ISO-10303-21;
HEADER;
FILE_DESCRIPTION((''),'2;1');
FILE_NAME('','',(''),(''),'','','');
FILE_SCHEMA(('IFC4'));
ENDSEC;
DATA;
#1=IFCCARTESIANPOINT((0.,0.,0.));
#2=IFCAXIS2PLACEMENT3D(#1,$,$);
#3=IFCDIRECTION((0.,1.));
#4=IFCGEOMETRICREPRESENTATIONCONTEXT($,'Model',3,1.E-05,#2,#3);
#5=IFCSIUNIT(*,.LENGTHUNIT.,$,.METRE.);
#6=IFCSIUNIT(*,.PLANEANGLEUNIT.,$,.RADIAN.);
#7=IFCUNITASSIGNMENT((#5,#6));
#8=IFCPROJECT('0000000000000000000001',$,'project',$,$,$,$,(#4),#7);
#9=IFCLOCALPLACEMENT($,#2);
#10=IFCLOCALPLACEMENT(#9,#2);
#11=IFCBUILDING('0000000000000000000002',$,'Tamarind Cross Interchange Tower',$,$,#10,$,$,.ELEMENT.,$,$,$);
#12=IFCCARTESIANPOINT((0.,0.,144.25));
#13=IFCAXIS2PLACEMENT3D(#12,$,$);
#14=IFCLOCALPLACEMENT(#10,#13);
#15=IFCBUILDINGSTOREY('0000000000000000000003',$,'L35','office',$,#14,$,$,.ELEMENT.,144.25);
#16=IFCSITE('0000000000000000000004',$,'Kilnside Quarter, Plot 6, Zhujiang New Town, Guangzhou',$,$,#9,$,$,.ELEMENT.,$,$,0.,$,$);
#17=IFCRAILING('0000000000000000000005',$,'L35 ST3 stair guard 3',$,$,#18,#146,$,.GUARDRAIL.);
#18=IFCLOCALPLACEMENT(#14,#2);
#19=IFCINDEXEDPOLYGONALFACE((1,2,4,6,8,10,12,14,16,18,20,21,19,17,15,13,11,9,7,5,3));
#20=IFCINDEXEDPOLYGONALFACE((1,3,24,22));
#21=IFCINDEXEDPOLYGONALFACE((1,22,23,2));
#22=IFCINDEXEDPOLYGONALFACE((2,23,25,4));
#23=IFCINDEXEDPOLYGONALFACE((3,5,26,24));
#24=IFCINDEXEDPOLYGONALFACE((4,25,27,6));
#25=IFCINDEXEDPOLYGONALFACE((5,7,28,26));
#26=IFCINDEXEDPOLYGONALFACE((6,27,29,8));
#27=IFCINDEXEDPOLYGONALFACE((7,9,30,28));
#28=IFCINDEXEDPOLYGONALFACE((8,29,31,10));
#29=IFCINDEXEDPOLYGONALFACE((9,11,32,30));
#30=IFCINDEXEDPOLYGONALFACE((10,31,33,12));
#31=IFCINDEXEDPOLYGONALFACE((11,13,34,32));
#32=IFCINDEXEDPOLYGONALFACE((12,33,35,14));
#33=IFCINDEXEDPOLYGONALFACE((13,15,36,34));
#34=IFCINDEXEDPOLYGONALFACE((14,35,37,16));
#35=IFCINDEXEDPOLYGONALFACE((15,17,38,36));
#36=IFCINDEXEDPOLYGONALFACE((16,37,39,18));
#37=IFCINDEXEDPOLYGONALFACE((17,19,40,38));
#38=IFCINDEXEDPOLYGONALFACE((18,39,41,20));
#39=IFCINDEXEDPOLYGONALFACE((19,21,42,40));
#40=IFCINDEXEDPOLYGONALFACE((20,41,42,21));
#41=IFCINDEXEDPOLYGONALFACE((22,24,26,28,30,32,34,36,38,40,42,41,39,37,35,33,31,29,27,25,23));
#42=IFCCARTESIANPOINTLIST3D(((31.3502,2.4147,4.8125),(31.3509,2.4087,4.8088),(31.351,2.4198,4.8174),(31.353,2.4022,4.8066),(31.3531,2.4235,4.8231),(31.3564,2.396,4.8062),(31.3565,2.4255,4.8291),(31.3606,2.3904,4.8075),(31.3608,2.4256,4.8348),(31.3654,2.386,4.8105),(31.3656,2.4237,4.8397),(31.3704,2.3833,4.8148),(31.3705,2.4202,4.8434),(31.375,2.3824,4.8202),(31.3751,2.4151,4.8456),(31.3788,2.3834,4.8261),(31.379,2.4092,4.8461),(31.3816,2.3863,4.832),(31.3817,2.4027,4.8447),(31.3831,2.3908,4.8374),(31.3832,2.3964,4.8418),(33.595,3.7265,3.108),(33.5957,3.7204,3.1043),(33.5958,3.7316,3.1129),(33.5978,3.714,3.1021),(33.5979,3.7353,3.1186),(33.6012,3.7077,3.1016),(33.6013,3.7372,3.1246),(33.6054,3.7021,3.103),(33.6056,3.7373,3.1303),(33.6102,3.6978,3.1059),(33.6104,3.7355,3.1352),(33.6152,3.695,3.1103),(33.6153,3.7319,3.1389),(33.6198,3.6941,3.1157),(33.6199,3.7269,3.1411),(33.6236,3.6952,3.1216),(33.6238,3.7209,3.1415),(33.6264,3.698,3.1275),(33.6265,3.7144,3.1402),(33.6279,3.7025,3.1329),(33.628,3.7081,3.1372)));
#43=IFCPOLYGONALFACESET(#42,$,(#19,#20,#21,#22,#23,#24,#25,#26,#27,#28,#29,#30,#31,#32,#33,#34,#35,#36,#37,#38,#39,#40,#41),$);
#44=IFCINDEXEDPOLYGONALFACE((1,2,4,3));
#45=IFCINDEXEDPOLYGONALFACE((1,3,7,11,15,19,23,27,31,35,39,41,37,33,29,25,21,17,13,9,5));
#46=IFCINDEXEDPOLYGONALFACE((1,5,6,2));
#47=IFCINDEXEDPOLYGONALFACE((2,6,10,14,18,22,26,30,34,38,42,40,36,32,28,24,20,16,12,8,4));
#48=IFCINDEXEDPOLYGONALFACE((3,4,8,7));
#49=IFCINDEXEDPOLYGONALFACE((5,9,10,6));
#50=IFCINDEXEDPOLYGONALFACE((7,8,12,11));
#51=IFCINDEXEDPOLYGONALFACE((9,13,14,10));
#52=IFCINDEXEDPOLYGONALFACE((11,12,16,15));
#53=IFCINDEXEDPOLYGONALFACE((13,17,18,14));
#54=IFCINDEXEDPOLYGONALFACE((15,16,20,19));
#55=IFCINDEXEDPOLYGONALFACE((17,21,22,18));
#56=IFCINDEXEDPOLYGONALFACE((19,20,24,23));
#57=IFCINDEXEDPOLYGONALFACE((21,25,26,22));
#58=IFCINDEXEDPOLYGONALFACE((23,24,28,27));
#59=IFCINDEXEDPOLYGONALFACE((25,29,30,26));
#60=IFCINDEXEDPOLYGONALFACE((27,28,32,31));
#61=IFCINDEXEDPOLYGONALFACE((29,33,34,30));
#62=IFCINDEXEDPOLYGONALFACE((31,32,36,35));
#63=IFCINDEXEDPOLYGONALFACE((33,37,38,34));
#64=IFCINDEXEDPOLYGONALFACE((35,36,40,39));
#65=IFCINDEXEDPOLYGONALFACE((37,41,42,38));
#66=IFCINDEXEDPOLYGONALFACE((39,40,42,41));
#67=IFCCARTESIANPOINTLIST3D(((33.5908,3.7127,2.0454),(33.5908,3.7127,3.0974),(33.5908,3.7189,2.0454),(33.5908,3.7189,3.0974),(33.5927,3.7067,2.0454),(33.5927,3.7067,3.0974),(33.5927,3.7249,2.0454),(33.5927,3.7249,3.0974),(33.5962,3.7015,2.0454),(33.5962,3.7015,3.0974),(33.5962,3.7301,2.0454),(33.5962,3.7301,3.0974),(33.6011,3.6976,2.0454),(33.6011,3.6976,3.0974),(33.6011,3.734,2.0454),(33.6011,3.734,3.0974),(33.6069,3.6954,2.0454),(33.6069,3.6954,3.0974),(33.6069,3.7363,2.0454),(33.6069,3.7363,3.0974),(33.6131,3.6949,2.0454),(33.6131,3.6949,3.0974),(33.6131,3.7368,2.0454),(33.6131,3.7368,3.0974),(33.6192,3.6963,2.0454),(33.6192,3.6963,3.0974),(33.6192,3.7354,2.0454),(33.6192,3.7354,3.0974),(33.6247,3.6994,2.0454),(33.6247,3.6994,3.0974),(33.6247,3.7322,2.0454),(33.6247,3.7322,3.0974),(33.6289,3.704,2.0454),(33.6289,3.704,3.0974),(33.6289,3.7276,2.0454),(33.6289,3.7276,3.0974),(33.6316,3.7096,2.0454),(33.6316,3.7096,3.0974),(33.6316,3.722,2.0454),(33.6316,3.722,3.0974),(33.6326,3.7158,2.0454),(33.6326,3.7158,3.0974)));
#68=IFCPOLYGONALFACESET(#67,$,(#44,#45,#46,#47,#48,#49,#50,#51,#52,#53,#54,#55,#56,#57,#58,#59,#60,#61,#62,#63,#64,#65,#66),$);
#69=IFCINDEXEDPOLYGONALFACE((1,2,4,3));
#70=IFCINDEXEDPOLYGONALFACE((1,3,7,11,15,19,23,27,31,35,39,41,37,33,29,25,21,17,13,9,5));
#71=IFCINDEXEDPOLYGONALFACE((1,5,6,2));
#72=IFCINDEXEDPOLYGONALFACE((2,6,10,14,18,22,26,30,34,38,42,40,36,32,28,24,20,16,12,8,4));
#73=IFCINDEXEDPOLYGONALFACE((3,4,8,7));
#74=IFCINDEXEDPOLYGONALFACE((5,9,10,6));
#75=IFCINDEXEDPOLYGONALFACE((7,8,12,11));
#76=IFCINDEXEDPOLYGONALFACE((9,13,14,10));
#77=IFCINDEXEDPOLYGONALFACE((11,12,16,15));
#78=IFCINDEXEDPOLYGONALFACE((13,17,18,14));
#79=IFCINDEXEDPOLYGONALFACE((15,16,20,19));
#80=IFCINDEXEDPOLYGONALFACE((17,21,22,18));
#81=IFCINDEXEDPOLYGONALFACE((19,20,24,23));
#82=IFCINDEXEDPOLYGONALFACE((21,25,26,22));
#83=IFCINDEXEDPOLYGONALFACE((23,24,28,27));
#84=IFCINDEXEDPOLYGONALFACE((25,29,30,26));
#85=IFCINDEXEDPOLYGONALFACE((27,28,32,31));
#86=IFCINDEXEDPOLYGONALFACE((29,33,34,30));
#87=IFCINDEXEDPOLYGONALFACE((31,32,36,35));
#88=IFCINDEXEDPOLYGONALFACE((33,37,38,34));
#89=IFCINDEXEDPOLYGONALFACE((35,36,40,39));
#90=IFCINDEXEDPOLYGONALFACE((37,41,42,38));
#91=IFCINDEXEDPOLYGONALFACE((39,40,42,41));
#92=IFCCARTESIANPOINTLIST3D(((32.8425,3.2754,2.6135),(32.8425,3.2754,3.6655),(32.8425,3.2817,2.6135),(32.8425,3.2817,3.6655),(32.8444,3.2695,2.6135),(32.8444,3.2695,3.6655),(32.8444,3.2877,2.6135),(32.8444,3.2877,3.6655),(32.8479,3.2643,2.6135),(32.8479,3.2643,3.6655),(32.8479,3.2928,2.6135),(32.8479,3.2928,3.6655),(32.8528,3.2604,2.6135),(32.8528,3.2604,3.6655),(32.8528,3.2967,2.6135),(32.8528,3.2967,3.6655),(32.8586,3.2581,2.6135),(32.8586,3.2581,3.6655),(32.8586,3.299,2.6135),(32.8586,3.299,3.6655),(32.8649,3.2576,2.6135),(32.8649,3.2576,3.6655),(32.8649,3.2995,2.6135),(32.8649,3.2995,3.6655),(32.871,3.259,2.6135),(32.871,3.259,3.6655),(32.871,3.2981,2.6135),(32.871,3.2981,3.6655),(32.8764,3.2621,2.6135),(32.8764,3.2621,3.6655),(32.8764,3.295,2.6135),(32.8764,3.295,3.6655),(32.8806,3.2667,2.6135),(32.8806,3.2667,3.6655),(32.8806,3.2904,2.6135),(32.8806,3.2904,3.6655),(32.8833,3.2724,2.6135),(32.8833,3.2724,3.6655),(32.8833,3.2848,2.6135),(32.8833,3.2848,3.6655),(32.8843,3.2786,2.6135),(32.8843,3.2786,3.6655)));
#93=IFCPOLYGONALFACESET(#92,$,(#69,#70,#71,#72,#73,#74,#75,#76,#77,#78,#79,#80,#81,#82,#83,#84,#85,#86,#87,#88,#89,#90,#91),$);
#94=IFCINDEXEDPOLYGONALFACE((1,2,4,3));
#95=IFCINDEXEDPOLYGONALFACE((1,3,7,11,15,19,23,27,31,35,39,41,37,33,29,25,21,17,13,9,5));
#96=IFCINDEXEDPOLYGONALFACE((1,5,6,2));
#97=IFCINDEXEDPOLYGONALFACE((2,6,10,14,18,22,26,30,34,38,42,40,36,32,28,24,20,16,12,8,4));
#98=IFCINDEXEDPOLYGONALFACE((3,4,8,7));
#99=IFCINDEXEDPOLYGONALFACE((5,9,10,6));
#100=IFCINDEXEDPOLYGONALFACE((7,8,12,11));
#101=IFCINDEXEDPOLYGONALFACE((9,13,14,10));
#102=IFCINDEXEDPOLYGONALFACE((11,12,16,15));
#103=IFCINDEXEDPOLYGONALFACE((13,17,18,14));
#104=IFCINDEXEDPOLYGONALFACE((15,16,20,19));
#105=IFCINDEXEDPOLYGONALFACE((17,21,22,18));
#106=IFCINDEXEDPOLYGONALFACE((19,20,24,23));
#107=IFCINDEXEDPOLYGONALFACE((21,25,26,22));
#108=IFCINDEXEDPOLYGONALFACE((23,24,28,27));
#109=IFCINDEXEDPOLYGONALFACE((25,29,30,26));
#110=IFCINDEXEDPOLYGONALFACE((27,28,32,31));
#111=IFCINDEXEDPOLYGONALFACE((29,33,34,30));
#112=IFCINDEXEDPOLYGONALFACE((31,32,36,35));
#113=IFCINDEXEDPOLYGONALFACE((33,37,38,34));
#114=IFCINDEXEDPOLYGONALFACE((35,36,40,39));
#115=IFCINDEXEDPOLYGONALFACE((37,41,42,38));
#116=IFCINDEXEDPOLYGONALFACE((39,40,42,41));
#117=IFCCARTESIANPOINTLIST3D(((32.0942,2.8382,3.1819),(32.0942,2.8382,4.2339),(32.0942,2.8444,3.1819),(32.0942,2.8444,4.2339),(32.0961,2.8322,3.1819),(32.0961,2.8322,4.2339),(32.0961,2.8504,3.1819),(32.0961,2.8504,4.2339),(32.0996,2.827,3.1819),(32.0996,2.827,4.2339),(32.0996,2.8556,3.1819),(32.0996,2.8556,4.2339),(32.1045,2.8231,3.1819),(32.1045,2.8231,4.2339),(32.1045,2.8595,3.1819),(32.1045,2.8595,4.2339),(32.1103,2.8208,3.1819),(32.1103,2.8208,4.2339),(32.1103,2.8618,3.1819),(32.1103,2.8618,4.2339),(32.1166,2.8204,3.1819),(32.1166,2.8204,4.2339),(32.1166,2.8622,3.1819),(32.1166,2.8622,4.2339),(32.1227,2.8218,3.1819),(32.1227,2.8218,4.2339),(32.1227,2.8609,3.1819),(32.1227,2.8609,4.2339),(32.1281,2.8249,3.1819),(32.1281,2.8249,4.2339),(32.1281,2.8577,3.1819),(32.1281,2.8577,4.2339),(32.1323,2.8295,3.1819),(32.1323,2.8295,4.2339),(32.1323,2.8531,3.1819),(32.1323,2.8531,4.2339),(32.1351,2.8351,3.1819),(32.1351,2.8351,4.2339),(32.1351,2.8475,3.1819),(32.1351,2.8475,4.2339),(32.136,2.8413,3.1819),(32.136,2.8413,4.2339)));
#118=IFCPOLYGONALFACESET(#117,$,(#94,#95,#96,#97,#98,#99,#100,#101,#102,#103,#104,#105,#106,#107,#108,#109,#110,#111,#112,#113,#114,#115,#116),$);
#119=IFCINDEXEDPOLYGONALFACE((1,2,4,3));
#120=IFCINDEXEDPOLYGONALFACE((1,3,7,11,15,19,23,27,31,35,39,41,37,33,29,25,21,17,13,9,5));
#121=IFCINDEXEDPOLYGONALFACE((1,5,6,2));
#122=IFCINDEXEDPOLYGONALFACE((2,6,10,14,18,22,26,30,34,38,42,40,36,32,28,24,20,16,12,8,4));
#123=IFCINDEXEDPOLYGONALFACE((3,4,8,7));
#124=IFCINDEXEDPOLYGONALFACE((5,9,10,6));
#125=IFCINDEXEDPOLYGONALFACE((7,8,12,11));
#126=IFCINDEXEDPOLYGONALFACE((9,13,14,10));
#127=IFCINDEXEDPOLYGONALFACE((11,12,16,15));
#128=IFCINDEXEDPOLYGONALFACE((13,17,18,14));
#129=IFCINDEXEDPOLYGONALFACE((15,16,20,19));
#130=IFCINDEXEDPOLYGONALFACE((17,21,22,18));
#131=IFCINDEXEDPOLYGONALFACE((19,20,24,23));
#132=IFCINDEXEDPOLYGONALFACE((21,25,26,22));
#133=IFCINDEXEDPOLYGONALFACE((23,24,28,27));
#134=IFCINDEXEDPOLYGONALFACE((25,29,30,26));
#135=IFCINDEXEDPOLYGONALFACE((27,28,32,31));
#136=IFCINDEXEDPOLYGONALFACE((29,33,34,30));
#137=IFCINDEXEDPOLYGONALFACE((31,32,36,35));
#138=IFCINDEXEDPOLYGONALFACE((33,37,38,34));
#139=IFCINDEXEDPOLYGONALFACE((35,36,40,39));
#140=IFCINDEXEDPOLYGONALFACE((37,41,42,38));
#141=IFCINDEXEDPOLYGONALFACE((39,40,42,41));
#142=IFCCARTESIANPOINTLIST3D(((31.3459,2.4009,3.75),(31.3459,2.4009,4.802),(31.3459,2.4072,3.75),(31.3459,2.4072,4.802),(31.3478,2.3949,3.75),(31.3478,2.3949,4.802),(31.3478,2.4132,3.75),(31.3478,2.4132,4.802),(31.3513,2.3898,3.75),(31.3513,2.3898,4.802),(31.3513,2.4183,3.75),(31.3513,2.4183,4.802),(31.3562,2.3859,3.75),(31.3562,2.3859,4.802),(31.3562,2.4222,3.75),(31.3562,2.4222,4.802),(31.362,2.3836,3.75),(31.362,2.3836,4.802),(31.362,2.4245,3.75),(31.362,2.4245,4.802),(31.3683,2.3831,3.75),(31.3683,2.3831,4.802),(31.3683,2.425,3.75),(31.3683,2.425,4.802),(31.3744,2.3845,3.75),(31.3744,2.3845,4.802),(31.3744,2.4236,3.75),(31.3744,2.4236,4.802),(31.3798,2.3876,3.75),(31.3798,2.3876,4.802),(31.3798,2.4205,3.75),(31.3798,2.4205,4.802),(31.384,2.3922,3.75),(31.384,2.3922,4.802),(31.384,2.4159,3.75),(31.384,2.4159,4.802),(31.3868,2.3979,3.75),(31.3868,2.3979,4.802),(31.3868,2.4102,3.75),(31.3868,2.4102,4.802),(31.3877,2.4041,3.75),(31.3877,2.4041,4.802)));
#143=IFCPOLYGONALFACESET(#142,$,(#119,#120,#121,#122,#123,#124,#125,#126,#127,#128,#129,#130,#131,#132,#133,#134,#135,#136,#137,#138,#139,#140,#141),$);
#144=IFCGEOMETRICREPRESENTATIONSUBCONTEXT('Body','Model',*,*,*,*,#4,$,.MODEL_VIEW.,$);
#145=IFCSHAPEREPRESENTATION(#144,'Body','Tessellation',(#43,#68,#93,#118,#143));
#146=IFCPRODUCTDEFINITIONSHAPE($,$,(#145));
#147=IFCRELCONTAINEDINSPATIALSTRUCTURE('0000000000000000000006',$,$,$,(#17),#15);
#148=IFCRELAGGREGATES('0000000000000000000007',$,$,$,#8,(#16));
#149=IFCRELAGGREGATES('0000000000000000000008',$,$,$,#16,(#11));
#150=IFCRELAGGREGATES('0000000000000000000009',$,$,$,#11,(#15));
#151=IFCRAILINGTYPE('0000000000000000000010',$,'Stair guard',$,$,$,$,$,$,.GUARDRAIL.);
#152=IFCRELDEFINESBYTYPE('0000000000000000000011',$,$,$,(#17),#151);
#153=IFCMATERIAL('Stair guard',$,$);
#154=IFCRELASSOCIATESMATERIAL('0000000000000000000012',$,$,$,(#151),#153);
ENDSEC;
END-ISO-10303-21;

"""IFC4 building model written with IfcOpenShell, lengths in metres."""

from ifc_helpers import new_model, si_unit, direction, frame, origin, origin_2d, place, context, subcontext, project, spatial, circle, extrude, material, type_object, element, save


model = new_model("IFC4")

# Units and contexts
model_context = context("Model", 3, precision=1e-05, world=origin(), true_north=direction((0.0, 1.0)))
body_context = subcontext(model_context, "Body", "Model", "MODEL_VIEW")
ifc_project = project(units=[si_unit("LENGTHUNIT", "METRE"), si_unit("PLANEANGLEUNIT", "RADIAN")], contexts=[model_context])

# Site, building, storey
site_placement = place(None, origin())
site = spatial("IfcSite", under=ifc_project, at=site_placement, Name="Kilnside Quarter, Plot 6, Zhujiang New Town, Guangzhou", CompositionType="ELEMENT", RefElevation=0.0)
building_placement = place(site_placement, origin())
building = spatial("IfcBuilding", under=site, at=building_placement, Name="Tamarind Cross Interchange Tower", CompositionType="ELEMENT")
storey_placement = place(building_placement, frame((0.0, 0.0, 144.25)))
storey = spatial("IfcBuildingStorey", under=building, at=storey_placement, Name="L35", Description="office", CompositionType="ELEMENT", Elevation=144.25)

# Railing
ifc_material_1 = material(Name="Stair guard")
railing_type_1 = type_object("IfcRailingType", Name="Stair guard", PredefinedType="GUARDRAIL", material=ifc_material_1)
railing_1_placement = place(storey_placement, frame((33.6116, 3.7158, 2.0454)))
element("IfcRailing", 1, at=railing_1_placement, inside=storey, type_object=railing_type_1, Name="L35 ST3 stair guard 3", PredefinedType="GUARDRAIL", context=body_context, shape_type="SweptSolid", body=[
    extrude(circle(Radius=0.0239, at=origin_2d()), frame((0.0, 0.0, 1.0762), z_axis=(-0.722059, -0.421927, 0.548278), x_axis=(0.504519, -0.863401, 0.0)), (0.0, 0.0, 1.0), 3.1089),
    extrude(circle(Radius=0.021, at=origin_2d()), origin(), (0.0, 0.0, 1.0), 1.052),
    extrude(circle(Radius=0.021, at=origin_2d()), frame((-0.7483, -0.4373, 0.5681)), (0.0, 0.0, 1.0), 1.052),
    extrude(circle(Radius=0.021, at=origin_2d()), frame((-1.4966, -0.8745, 1.1365)), (0.0, 0.0, 1.0), 1.052),
    extrude(circle(Radius=0.021, at=origin_2d()), frame((-2.2449, -1.3118, 1.7046)), (0.0, 0.0, 1.0), 1.052),
])

save(model, "model.ifc")
